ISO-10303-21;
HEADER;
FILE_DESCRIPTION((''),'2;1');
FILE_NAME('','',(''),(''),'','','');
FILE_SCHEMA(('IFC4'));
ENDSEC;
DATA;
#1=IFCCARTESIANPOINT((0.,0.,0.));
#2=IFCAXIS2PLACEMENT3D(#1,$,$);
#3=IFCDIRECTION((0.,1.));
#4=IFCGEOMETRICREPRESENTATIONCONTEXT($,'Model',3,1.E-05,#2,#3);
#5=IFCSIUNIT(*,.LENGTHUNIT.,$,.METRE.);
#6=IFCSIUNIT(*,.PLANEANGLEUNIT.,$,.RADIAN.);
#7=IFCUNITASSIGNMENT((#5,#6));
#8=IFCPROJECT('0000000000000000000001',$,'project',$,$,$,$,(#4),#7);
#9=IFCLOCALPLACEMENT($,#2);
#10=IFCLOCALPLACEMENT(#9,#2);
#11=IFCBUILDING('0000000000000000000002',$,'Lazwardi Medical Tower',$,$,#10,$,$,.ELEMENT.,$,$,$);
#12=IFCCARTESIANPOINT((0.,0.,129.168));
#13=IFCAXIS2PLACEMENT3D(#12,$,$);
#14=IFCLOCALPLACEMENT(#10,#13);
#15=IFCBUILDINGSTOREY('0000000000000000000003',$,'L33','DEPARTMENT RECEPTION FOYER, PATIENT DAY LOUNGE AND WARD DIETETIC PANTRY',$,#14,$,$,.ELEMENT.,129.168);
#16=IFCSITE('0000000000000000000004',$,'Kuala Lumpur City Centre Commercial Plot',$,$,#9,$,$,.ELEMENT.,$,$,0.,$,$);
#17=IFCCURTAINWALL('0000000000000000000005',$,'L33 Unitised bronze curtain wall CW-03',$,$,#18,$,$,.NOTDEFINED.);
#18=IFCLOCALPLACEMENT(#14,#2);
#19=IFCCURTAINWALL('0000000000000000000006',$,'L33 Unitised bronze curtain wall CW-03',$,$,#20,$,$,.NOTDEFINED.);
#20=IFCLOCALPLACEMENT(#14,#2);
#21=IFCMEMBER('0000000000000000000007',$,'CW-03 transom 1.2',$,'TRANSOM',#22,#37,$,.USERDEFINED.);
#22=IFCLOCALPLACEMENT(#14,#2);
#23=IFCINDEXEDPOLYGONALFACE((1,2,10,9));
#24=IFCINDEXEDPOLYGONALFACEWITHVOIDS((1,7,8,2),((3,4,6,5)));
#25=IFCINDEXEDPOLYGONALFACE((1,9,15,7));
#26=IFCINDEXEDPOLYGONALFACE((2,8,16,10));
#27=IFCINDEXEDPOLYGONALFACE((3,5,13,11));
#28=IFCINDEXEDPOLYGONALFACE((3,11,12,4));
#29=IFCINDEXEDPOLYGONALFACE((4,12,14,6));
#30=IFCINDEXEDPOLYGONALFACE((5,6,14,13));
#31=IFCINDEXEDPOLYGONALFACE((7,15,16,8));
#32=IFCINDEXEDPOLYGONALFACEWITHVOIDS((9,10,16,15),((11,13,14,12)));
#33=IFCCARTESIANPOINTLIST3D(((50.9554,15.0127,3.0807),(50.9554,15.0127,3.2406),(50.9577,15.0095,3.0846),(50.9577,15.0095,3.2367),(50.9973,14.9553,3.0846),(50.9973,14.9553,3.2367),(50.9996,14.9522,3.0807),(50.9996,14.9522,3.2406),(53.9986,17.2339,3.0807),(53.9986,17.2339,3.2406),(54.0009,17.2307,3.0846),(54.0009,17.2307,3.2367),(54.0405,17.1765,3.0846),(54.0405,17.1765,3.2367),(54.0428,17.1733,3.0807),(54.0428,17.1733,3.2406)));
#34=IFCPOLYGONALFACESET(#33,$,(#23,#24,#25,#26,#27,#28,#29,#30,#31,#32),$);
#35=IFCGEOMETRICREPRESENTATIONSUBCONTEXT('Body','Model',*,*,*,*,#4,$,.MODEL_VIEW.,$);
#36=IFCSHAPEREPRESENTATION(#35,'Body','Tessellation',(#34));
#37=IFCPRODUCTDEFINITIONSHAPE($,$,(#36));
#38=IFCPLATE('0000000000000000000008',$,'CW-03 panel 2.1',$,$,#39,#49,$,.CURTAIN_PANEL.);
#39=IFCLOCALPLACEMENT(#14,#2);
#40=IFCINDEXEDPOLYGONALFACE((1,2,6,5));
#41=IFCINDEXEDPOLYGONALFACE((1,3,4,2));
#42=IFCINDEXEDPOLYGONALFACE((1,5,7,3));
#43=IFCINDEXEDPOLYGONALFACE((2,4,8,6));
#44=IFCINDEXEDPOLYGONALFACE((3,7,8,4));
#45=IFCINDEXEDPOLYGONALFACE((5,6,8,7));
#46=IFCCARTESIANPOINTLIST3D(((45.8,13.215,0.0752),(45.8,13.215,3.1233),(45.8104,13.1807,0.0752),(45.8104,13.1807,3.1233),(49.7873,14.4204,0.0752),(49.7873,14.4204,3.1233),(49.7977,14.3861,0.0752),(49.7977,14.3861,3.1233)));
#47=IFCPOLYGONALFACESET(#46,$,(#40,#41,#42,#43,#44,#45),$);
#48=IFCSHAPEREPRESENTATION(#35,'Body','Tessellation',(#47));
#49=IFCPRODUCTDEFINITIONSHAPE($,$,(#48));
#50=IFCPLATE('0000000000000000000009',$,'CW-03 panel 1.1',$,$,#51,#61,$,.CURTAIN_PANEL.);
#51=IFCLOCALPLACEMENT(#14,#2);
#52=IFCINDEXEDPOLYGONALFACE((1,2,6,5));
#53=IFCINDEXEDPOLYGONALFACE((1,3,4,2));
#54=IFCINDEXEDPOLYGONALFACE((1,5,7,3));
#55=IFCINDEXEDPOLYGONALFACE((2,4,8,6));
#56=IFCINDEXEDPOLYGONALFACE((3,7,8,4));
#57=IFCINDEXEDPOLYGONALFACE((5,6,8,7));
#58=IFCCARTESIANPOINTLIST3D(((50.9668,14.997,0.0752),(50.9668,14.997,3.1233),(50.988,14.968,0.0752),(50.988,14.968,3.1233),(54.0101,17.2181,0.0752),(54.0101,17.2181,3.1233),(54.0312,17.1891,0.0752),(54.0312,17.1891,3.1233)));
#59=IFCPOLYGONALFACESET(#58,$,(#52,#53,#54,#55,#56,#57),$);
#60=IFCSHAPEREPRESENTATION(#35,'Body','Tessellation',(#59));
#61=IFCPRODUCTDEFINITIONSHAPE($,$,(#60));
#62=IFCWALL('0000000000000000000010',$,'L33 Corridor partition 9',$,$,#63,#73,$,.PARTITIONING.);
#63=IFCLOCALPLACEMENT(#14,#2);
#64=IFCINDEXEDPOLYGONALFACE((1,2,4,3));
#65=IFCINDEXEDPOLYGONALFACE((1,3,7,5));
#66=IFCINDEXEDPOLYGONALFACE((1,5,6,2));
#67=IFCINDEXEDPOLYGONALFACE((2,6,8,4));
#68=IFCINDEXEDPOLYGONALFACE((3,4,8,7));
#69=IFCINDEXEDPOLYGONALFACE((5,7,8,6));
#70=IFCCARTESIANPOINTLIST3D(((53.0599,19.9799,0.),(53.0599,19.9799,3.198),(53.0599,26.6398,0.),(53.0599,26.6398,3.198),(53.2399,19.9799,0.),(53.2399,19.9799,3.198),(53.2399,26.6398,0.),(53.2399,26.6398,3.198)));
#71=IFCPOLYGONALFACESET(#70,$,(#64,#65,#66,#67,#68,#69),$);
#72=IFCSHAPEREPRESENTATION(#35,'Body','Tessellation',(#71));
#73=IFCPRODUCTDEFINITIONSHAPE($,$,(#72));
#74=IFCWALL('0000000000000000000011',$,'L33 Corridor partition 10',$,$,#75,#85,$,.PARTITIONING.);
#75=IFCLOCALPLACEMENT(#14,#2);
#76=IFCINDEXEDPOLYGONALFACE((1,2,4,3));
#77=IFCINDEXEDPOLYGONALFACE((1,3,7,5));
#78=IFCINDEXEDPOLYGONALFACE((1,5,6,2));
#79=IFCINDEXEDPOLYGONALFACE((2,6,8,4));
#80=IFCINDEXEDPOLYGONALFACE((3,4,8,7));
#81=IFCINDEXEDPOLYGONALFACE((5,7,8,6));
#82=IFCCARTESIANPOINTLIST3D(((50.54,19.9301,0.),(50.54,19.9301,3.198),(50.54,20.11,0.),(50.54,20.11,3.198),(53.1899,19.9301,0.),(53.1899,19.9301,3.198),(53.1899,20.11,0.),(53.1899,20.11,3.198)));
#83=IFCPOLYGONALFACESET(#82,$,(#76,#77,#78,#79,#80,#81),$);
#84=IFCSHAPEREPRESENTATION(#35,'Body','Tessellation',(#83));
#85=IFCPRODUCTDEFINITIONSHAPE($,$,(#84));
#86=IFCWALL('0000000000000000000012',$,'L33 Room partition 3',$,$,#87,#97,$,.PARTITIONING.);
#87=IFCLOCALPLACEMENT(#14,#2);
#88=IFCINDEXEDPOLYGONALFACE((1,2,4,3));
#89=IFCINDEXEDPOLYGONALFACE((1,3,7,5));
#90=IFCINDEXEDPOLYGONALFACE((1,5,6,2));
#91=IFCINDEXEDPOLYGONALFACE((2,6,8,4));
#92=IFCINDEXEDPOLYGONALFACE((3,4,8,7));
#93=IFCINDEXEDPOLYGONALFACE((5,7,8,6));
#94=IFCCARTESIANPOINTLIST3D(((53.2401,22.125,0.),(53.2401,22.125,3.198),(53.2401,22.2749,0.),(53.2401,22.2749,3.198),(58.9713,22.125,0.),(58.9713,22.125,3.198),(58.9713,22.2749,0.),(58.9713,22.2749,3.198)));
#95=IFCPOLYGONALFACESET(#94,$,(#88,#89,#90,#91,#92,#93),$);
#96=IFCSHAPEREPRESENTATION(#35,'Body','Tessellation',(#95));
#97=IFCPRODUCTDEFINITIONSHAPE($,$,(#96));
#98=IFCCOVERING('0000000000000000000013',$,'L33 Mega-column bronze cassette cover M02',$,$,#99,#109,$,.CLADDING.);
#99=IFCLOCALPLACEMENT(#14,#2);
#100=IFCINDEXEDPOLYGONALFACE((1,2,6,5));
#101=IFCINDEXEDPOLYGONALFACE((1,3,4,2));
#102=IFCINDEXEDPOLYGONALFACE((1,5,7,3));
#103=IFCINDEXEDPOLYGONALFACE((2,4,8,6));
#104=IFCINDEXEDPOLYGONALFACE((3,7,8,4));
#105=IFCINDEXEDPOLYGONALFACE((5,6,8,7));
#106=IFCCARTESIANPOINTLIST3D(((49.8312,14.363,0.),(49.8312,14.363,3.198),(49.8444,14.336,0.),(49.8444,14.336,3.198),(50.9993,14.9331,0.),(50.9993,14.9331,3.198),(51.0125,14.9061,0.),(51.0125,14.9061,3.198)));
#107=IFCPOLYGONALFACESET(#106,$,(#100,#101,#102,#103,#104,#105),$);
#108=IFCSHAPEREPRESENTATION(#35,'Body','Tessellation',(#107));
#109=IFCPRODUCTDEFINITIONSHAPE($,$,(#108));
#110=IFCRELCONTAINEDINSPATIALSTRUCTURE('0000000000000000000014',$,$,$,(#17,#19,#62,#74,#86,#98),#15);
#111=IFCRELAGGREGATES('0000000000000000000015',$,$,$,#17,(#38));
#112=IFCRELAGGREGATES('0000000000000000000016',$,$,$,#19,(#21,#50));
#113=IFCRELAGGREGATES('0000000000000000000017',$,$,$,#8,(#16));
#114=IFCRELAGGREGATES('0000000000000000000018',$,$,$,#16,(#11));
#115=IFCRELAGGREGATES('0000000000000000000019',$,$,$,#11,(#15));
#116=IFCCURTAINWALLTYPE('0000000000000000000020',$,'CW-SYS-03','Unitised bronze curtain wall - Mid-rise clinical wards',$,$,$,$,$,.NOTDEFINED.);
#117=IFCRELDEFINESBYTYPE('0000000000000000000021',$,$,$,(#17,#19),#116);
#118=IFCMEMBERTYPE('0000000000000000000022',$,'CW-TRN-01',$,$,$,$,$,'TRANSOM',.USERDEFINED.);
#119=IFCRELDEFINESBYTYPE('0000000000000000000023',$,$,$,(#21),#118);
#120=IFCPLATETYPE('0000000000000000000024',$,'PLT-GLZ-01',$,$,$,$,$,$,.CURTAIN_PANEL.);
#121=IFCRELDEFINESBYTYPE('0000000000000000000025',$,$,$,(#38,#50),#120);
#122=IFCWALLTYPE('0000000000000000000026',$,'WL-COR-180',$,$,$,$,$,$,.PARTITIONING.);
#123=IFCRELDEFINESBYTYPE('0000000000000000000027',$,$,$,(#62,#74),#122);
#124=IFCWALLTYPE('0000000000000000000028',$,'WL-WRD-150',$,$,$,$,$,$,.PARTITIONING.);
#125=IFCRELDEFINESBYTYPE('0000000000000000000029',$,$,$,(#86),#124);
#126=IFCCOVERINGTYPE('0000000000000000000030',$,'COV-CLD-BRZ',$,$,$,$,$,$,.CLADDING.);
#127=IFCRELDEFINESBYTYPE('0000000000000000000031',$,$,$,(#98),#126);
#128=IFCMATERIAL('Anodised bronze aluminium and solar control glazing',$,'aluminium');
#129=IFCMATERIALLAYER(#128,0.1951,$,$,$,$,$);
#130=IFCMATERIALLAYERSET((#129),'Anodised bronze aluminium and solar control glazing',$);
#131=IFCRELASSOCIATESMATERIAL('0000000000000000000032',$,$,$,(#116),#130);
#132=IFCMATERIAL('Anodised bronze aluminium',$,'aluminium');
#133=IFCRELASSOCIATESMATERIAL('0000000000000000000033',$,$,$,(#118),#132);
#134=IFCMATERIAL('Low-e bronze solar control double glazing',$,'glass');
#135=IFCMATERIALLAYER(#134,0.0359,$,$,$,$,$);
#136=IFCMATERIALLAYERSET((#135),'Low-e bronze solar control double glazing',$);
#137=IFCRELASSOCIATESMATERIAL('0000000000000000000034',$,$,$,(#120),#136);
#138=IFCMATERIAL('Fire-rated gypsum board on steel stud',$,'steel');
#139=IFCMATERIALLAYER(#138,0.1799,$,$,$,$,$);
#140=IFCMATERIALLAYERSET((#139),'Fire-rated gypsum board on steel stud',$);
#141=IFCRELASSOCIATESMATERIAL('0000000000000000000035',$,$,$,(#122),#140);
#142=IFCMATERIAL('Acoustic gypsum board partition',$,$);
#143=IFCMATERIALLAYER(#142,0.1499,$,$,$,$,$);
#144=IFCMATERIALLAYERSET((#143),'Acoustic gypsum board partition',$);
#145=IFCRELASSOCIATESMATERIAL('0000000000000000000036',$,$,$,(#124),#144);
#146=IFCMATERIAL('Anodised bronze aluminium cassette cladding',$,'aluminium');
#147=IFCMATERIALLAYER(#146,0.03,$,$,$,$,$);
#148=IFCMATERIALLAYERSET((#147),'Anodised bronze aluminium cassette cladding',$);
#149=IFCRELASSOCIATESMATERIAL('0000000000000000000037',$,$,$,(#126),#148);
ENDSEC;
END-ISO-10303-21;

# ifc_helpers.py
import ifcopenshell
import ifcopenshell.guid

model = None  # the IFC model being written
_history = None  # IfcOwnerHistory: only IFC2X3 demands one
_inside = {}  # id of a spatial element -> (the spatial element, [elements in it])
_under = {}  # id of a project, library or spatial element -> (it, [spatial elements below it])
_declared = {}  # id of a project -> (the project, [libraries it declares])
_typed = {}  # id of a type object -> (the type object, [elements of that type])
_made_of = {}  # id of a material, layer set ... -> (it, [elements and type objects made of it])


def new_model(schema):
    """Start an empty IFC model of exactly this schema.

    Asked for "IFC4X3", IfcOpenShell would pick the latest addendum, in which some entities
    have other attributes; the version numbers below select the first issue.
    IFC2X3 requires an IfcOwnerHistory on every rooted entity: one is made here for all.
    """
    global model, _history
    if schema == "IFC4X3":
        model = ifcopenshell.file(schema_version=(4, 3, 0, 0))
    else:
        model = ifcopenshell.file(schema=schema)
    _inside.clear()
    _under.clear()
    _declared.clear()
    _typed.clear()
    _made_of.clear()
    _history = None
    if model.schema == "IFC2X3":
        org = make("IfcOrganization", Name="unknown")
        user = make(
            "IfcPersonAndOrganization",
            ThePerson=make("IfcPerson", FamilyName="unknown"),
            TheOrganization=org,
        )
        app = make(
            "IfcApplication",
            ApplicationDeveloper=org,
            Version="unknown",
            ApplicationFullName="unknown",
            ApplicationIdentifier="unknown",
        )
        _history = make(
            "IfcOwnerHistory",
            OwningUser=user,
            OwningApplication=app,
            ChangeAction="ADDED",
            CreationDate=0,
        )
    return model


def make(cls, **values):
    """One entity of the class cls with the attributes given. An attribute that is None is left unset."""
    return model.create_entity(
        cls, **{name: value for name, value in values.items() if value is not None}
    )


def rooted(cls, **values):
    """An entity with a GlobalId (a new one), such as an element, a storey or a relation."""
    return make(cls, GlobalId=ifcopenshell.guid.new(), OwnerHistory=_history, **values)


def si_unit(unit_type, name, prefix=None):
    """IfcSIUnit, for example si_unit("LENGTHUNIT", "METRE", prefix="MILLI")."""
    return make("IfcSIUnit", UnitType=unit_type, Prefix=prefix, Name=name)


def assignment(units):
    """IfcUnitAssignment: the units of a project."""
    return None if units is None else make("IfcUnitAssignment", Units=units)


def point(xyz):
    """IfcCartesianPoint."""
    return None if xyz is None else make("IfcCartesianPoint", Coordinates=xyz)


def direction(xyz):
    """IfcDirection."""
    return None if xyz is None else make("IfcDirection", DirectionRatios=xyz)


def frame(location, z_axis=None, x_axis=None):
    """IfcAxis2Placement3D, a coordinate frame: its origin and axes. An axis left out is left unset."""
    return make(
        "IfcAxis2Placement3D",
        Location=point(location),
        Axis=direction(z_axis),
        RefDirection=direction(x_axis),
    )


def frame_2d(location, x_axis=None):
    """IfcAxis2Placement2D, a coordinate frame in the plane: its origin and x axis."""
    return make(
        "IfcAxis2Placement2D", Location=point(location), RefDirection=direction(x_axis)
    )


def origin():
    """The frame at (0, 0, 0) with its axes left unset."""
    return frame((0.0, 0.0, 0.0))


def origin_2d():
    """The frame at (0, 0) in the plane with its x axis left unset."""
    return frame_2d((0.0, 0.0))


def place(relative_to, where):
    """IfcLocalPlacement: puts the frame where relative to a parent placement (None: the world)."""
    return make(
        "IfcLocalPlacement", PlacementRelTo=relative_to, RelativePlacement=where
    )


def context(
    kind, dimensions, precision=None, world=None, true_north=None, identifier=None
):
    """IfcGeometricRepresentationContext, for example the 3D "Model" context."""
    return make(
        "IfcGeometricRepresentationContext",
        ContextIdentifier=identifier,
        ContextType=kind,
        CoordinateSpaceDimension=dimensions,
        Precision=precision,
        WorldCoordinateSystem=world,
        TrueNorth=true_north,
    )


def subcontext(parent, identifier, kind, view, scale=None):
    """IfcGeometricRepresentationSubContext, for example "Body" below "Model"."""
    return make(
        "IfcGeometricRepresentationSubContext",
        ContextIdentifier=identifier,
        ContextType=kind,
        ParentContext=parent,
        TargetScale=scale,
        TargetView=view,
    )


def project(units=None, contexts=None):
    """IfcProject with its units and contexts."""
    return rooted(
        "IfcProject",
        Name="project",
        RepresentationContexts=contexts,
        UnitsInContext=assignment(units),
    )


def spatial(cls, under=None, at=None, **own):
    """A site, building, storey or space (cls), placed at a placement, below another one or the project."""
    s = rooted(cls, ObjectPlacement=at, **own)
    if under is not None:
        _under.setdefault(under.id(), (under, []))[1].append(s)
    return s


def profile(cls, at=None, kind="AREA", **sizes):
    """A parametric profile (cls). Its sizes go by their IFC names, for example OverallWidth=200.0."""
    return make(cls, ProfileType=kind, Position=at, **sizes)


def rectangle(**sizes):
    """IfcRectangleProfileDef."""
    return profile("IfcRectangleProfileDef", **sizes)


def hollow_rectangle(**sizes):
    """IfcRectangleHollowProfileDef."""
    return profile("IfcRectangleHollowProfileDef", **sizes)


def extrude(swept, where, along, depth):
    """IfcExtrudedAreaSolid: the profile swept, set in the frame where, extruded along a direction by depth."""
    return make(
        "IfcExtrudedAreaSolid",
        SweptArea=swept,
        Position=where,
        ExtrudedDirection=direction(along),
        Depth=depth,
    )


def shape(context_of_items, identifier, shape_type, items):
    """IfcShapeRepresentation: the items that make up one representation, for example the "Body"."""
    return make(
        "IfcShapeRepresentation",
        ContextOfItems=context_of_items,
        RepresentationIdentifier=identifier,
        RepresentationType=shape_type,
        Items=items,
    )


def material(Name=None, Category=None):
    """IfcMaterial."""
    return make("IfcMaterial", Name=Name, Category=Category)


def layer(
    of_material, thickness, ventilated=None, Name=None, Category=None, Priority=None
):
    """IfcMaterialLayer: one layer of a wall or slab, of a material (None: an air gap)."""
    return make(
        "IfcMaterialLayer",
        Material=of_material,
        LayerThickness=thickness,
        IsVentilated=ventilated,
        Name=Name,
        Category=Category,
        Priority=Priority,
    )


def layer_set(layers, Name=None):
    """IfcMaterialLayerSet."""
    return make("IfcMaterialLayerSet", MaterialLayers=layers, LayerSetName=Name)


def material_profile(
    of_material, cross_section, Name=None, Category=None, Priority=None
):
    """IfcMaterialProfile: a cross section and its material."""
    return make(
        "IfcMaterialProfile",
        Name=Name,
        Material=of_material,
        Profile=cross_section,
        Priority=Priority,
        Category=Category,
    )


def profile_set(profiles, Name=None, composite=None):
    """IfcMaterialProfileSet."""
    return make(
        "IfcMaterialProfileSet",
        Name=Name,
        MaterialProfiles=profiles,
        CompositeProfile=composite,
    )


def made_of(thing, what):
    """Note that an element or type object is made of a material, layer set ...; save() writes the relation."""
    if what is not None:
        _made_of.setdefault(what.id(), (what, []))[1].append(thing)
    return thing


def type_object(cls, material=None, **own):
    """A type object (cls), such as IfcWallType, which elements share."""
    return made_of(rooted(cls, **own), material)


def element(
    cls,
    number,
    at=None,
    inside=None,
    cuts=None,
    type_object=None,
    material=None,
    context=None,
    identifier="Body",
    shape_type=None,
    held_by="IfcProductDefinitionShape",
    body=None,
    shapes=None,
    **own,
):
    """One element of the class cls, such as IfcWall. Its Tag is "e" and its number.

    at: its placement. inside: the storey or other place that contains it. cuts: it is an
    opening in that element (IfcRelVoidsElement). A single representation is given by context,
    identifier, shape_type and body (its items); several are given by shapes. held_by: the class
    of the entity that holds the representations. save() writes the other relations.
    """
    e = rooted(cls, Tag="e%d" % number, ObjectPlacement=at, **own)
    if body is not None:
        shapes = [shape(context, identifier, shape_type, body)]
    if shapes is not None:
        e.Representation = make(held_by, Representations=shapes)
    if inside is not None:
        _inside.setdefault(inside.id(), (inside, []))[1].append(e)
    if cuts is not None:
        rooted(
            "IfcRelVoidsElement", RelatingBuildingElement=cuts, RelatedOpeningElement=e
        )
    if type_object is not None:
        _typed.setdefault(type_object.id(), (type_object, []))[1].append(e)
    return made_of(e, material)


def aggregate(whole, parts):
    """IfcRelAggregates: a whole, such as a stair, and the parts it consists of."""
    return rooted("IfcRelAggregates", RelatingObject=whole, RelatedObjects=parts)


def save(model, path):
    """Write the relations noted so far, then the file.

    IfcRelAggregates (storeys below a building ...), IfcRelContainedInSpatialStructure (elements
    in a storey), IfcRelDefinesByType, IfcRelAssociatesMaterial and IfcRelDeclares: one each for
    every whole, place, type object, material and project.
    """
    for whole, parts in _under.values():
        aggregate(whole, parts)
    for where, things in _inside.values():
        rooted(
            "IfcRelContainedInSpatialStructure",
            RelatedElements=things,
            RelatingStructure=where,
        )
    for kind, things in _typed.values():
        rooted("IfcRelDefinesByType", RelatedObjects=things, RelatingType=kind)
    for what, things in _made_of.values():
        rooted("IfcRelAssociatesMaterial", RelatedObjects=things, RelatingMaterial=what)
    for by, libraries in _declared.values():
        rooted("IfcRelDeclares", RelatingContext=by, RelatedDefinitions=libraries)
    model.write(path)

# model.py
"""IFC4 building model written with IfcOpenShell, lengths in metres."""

from ifc_helpers import new_model, si_unit, direction, frame, frame_2d, origin, origin_2d, place, context, subcontext, project, spatial, rectangle, hollow_rectangle, extrude, material, layer, layer_set, material_profile, profile_set, type_object, element, aggregate, save


model = new_model("IFC4")

# Units and contexts
model_context = context("Model", 3, precision=1e-05, world=origin(), true_north=direction((0.0, 1.0)))
body_context = subcontext(model_context, "Body", "Model", "MODEL_VIEW")
ifc_project = project(units=[si_unit("LENGTHUNIT", "METRE"), si_unit("PLANEANGLEUNIT", "RADIAN")], contexts=[model_context])

# Site, building, storey
site_placement = place(None, origin())
site = spatial("IfcSite", under=ifc_project, at=site_placement, Name="Kuala Lumpur City Centre Commercial Plot", CompositionType="ELEMENT", RefElevation=0.0)
building_placement = place(site_placement, origin())
building = spatial("IfcBuilding", under=site, at=building_placement, Name="Lazwardi Medical Tower", CompositionType="ELEMENT")
storey_placement = place(building_placement, frame((0.0, 0.0, 129.168)))
storey = spatial("IfcBuildingStorey", under=building, at=storey_placement, Name="L33", Description="DEPARTMENT RECEPTION FOYER, PATIENT DAY LOUNGE AND WARD DIETETIC PANTRY", CompositionType="ELEMENT", Elevation=129.168)

# Curtain wall
ifc_material_1 = material(Name="Anodised bronze aluminium and solar control glazing", Category="aluminium")
ifc_layer_1 = layer(ifc_material_1, 0.1951)
ifc_layer_set_1 = layer_set([ifc_layer_1], Name="Anodised bronze aluminium and solar control glazing")
curtain_wall_type = type_object("IfcCurtainWallType", Name="CW-SYS-03", Description="Unitised bronze curtain wall - Mid-rise clinical wards", PredefinedType="NOTDEFINED", material=ifc_layer_set_1)
curtain_wall_1_placement = place(storey_placement, origin())
curtain_wall_1 = element("IfcCurtainWall", 1, at=curtain_wall_1_placement, inside=storey, type_object=curtain_wall_type, Name="L33 Unitised bronze curtain wall CW-03", PredefinedType="NOTDEFINED")
ifc_material_2 = material(Name="Anodised bronze aluminium", Category="aluminium")

# Curtain wall
curtain_wall_2_placement = place(storey_placement, origin())
curtain_wall_2 = element("IfcCurtainWall", 2, at=curtain_wall_2_placement, inside=storey, type_object=curtain_wall_type, Name="L33 Unitised bronze curtain wall CW-03", PredefinedType="NOTDEFINED")

# Member
ifc_material_profile_1 = material_profile(ifc_material_2, hollow_rectangle(XDim=0.075, YDim=0.1599, WallThickness=0.0039, at=origin_2d()), Name="ALU-TRANSOM 160x75x4")
ifc_profile_set_1 = profile_set([ifc_material_profile_1], Name="Anodised bronze aluminium")
member_type_1 = type_object("IfcMemberType", Name="CW-TRN-01", ElementType="TRANSOM", PredefinedType="USERDEFINED", material=ifc_profile_set_1)
member_1_placement = place(storey_placement, frame((50.9775, 14.9824, 3.1606), z_axis=(0.807732, 0.58955, 0.0), x_axis=(-0.58955, 0.807732, 0.0)))
member_1 = element("IfcMember", 3, at=member_1_placement, type_object=member_type_1, Name="CW-03 transom 1.2", ObjectType="TRANSOM", PredefinedType="USERDEFINED", context=body_context, shape_type="SweptSolid", body=[
    extrude(hollow_rectangle(XDim=0.075, YDim=0.1599, WallThickness=0.0039, at=origin_2d()), origin(), (0.0, 0.0, 1.0), 3.7676),
])

# Plates
ifc_material_3 = material(Name="Low-e bronze solar control double glazing", Category="glass")
ifc_layer_2 = layer(ifc_material_3, 0.0359)
ifc_layer_set_2 = layer_set([ifc_layer_2], Name="Low-e bronze solar control double glazing")
plate_type = type_object("IfcPlateType", Name="PLT-GLZ-01", PredefinedType="CURTAIN_PANEL", material=ifc_layer_set_2)
plate_1_placement = place(storey_placement, frame((47.7988, 13.8005, 0.0752), z_axis=(0.0, 0.0, 1.0), x_axis=(0.957216, 0.289374, 0.0)))
plate_1 = element("IfcPlate", 4, at=plate_1_placement, type_object=plate_type, Name="CW-03 panel 2.1", PredefinedType="CURTAIN_PANEL", context=body_context, shape_type="SweptSolid", body=[
    extrude(rectangle(XDim=4.1655, YDim=0.0359, at=origin_2d()), origin(), (0.0, 0.0, 1.0), 3.0481),
])
aggregate(curtain_wall_1, [plate_1])
plate_2_placement = place(storey_placement, frame((52.499, 16.093, 0.0752), z_axis=(0.0, 0.0, 1.0), x_axis=(0.807746, 0.589531, 0.0)))
plate_2 = element("IfcPlate", 5, at=plate_2_placement, type_object=plate_type, Name="CW-03 panel 1.1", PredefinedType="CURTAIN_PANEL", context=body_context, shape_type="SweptSolid", body=[
    extrude(rectangle(XDim=3.7676, YDim=0.0359, at=origin_2d()), origin(), (0.0, 0.0, 1.0), 3.0481),
])
aggregate(curtain_wall_2, [member_1, plate_2])

# Walls
ifc_material_4 = material(Name="Fire-rated gypsum board on steel stud", Category="steel")
ifc_layer_3 = layer(ifc_material_4, 0.1799)
ifc_layer_set_3 = layer_set([ifc_layer_3], Name="Fire-rated gypsum board on steel stud")
wall_type_1 = type_object("IfcWallType", Name="WL-COR-180", PredefinedType="PARTITIONING", material=ifc_layer_set_3)
wall_1_placement = place(storey_placement, frame((53.1499, 26.6399, 0.0), z_axis=(0.0, 0.0, 1.0), x_axis=(0.0, -1.0, 0.0)))
element("IfcWall", 6, at=wall_1_placement, inside=storey, type_object=wall_type_1, Name="L33 Corridor partition 9", PredefinedType="PARTITIONING", context=body_context, shape_type="SweptSolid", body=[
    extrude(rectangle(XDim=6.6599, YDim=0.1799, at=frame_2d((3.3301, 0.0))), origin(), (0.0, 0.0, 1.0), 3.198),
])
wall_2_placement = place(storey_placement, frame((53.1899, 20.02, 0.0), z_axis=(0.0, 0.0, 1.0), x_axis=(-1.0, 0.0, 0.0)))
element("IfcWall", 7, at=wall_2_placement, inside=storey, type_object=wall_type_1, Name="L33 Corridor partition 10", PredefinedType="PARTITIONING", context=body_context, shape_type="SweptSolid", body=[
    extrude(rectangle(XDim=2.6499, YDim=0.1799, at=frame_2d((1.325, 0.0))), origin(), (0.0, 0.0, 1.0), 3.198),
])
ifc_material_5 = material(Name="Acoustic gypsum board partition")
ifc_layer_4 = layer(ifc_material_5, 0.1499)
ifc_layer_set_4 = layer_set([ifc_layer_4], Name="Acoustic gypsum board partition")
wall_type_2 = type_object("IfcWallType", Name="WL-WRD-150", PredefinedType="PARTITIONING", material=ifc_layer_set_4)
wall_3_placement = place(storey_placement, frame((53.24, 22.2, 0.0), z_axis=(0.0, 0.0, 1.0), x_axis=(1.0, 0.0, 0.0)))
element("IfcWall", 8, at=wall_3_placement, inside=storey, type_object=wall_type_2, Name="L33 Room partition 3", PredefinedType="PARTITIONING", context=body_context, shape_type="SweptSolid", body=[
    extrude(rectangle(XDim=5.7312, YDim=0.1499, at=frame_2d((2.8657, 0.0))), origin(), (0.0, 0.0, 1.0), 3.198),
])

# Covering
ifc_material_6 = material(Name="Anodised bronze aluminium cassette cladding", Category="aluminium")
ifc_layer_5 = layer(ifc_material_6, 0.03)
ifc_layer_set_5 = layer_set([ifc_layer_5], Name="Anodised bronze aluminium cassette cladding")
covering_type = type_object("IfcCoveringType", Name="COV-CLD-BRZ", PredefinedType="CLADDING", material=ifc_layer_set_5)
covering_placement = place(storey_placement, frame((50.4219, 14.6345, 0.0), z_axis=(0.0, 0.0, 1.0), x_axis=(0.898679, 0.438606, 0.0)))
element("IfcCovering", 9, at=covering_placement, inside=storey, type_object=covering_type, Name="L33 Mega-column bronze cassette cover M02", PredefinedType="CLADDING", context=body_context, shape_type="SweptSolid", body=[
    extrude(rectangle(XDim=1.2998, YDim=0.03, at=origin_2d()), origin(), (0.0, 0.0, 1.0), 3.198),
])

save(model, "model.ifc")
